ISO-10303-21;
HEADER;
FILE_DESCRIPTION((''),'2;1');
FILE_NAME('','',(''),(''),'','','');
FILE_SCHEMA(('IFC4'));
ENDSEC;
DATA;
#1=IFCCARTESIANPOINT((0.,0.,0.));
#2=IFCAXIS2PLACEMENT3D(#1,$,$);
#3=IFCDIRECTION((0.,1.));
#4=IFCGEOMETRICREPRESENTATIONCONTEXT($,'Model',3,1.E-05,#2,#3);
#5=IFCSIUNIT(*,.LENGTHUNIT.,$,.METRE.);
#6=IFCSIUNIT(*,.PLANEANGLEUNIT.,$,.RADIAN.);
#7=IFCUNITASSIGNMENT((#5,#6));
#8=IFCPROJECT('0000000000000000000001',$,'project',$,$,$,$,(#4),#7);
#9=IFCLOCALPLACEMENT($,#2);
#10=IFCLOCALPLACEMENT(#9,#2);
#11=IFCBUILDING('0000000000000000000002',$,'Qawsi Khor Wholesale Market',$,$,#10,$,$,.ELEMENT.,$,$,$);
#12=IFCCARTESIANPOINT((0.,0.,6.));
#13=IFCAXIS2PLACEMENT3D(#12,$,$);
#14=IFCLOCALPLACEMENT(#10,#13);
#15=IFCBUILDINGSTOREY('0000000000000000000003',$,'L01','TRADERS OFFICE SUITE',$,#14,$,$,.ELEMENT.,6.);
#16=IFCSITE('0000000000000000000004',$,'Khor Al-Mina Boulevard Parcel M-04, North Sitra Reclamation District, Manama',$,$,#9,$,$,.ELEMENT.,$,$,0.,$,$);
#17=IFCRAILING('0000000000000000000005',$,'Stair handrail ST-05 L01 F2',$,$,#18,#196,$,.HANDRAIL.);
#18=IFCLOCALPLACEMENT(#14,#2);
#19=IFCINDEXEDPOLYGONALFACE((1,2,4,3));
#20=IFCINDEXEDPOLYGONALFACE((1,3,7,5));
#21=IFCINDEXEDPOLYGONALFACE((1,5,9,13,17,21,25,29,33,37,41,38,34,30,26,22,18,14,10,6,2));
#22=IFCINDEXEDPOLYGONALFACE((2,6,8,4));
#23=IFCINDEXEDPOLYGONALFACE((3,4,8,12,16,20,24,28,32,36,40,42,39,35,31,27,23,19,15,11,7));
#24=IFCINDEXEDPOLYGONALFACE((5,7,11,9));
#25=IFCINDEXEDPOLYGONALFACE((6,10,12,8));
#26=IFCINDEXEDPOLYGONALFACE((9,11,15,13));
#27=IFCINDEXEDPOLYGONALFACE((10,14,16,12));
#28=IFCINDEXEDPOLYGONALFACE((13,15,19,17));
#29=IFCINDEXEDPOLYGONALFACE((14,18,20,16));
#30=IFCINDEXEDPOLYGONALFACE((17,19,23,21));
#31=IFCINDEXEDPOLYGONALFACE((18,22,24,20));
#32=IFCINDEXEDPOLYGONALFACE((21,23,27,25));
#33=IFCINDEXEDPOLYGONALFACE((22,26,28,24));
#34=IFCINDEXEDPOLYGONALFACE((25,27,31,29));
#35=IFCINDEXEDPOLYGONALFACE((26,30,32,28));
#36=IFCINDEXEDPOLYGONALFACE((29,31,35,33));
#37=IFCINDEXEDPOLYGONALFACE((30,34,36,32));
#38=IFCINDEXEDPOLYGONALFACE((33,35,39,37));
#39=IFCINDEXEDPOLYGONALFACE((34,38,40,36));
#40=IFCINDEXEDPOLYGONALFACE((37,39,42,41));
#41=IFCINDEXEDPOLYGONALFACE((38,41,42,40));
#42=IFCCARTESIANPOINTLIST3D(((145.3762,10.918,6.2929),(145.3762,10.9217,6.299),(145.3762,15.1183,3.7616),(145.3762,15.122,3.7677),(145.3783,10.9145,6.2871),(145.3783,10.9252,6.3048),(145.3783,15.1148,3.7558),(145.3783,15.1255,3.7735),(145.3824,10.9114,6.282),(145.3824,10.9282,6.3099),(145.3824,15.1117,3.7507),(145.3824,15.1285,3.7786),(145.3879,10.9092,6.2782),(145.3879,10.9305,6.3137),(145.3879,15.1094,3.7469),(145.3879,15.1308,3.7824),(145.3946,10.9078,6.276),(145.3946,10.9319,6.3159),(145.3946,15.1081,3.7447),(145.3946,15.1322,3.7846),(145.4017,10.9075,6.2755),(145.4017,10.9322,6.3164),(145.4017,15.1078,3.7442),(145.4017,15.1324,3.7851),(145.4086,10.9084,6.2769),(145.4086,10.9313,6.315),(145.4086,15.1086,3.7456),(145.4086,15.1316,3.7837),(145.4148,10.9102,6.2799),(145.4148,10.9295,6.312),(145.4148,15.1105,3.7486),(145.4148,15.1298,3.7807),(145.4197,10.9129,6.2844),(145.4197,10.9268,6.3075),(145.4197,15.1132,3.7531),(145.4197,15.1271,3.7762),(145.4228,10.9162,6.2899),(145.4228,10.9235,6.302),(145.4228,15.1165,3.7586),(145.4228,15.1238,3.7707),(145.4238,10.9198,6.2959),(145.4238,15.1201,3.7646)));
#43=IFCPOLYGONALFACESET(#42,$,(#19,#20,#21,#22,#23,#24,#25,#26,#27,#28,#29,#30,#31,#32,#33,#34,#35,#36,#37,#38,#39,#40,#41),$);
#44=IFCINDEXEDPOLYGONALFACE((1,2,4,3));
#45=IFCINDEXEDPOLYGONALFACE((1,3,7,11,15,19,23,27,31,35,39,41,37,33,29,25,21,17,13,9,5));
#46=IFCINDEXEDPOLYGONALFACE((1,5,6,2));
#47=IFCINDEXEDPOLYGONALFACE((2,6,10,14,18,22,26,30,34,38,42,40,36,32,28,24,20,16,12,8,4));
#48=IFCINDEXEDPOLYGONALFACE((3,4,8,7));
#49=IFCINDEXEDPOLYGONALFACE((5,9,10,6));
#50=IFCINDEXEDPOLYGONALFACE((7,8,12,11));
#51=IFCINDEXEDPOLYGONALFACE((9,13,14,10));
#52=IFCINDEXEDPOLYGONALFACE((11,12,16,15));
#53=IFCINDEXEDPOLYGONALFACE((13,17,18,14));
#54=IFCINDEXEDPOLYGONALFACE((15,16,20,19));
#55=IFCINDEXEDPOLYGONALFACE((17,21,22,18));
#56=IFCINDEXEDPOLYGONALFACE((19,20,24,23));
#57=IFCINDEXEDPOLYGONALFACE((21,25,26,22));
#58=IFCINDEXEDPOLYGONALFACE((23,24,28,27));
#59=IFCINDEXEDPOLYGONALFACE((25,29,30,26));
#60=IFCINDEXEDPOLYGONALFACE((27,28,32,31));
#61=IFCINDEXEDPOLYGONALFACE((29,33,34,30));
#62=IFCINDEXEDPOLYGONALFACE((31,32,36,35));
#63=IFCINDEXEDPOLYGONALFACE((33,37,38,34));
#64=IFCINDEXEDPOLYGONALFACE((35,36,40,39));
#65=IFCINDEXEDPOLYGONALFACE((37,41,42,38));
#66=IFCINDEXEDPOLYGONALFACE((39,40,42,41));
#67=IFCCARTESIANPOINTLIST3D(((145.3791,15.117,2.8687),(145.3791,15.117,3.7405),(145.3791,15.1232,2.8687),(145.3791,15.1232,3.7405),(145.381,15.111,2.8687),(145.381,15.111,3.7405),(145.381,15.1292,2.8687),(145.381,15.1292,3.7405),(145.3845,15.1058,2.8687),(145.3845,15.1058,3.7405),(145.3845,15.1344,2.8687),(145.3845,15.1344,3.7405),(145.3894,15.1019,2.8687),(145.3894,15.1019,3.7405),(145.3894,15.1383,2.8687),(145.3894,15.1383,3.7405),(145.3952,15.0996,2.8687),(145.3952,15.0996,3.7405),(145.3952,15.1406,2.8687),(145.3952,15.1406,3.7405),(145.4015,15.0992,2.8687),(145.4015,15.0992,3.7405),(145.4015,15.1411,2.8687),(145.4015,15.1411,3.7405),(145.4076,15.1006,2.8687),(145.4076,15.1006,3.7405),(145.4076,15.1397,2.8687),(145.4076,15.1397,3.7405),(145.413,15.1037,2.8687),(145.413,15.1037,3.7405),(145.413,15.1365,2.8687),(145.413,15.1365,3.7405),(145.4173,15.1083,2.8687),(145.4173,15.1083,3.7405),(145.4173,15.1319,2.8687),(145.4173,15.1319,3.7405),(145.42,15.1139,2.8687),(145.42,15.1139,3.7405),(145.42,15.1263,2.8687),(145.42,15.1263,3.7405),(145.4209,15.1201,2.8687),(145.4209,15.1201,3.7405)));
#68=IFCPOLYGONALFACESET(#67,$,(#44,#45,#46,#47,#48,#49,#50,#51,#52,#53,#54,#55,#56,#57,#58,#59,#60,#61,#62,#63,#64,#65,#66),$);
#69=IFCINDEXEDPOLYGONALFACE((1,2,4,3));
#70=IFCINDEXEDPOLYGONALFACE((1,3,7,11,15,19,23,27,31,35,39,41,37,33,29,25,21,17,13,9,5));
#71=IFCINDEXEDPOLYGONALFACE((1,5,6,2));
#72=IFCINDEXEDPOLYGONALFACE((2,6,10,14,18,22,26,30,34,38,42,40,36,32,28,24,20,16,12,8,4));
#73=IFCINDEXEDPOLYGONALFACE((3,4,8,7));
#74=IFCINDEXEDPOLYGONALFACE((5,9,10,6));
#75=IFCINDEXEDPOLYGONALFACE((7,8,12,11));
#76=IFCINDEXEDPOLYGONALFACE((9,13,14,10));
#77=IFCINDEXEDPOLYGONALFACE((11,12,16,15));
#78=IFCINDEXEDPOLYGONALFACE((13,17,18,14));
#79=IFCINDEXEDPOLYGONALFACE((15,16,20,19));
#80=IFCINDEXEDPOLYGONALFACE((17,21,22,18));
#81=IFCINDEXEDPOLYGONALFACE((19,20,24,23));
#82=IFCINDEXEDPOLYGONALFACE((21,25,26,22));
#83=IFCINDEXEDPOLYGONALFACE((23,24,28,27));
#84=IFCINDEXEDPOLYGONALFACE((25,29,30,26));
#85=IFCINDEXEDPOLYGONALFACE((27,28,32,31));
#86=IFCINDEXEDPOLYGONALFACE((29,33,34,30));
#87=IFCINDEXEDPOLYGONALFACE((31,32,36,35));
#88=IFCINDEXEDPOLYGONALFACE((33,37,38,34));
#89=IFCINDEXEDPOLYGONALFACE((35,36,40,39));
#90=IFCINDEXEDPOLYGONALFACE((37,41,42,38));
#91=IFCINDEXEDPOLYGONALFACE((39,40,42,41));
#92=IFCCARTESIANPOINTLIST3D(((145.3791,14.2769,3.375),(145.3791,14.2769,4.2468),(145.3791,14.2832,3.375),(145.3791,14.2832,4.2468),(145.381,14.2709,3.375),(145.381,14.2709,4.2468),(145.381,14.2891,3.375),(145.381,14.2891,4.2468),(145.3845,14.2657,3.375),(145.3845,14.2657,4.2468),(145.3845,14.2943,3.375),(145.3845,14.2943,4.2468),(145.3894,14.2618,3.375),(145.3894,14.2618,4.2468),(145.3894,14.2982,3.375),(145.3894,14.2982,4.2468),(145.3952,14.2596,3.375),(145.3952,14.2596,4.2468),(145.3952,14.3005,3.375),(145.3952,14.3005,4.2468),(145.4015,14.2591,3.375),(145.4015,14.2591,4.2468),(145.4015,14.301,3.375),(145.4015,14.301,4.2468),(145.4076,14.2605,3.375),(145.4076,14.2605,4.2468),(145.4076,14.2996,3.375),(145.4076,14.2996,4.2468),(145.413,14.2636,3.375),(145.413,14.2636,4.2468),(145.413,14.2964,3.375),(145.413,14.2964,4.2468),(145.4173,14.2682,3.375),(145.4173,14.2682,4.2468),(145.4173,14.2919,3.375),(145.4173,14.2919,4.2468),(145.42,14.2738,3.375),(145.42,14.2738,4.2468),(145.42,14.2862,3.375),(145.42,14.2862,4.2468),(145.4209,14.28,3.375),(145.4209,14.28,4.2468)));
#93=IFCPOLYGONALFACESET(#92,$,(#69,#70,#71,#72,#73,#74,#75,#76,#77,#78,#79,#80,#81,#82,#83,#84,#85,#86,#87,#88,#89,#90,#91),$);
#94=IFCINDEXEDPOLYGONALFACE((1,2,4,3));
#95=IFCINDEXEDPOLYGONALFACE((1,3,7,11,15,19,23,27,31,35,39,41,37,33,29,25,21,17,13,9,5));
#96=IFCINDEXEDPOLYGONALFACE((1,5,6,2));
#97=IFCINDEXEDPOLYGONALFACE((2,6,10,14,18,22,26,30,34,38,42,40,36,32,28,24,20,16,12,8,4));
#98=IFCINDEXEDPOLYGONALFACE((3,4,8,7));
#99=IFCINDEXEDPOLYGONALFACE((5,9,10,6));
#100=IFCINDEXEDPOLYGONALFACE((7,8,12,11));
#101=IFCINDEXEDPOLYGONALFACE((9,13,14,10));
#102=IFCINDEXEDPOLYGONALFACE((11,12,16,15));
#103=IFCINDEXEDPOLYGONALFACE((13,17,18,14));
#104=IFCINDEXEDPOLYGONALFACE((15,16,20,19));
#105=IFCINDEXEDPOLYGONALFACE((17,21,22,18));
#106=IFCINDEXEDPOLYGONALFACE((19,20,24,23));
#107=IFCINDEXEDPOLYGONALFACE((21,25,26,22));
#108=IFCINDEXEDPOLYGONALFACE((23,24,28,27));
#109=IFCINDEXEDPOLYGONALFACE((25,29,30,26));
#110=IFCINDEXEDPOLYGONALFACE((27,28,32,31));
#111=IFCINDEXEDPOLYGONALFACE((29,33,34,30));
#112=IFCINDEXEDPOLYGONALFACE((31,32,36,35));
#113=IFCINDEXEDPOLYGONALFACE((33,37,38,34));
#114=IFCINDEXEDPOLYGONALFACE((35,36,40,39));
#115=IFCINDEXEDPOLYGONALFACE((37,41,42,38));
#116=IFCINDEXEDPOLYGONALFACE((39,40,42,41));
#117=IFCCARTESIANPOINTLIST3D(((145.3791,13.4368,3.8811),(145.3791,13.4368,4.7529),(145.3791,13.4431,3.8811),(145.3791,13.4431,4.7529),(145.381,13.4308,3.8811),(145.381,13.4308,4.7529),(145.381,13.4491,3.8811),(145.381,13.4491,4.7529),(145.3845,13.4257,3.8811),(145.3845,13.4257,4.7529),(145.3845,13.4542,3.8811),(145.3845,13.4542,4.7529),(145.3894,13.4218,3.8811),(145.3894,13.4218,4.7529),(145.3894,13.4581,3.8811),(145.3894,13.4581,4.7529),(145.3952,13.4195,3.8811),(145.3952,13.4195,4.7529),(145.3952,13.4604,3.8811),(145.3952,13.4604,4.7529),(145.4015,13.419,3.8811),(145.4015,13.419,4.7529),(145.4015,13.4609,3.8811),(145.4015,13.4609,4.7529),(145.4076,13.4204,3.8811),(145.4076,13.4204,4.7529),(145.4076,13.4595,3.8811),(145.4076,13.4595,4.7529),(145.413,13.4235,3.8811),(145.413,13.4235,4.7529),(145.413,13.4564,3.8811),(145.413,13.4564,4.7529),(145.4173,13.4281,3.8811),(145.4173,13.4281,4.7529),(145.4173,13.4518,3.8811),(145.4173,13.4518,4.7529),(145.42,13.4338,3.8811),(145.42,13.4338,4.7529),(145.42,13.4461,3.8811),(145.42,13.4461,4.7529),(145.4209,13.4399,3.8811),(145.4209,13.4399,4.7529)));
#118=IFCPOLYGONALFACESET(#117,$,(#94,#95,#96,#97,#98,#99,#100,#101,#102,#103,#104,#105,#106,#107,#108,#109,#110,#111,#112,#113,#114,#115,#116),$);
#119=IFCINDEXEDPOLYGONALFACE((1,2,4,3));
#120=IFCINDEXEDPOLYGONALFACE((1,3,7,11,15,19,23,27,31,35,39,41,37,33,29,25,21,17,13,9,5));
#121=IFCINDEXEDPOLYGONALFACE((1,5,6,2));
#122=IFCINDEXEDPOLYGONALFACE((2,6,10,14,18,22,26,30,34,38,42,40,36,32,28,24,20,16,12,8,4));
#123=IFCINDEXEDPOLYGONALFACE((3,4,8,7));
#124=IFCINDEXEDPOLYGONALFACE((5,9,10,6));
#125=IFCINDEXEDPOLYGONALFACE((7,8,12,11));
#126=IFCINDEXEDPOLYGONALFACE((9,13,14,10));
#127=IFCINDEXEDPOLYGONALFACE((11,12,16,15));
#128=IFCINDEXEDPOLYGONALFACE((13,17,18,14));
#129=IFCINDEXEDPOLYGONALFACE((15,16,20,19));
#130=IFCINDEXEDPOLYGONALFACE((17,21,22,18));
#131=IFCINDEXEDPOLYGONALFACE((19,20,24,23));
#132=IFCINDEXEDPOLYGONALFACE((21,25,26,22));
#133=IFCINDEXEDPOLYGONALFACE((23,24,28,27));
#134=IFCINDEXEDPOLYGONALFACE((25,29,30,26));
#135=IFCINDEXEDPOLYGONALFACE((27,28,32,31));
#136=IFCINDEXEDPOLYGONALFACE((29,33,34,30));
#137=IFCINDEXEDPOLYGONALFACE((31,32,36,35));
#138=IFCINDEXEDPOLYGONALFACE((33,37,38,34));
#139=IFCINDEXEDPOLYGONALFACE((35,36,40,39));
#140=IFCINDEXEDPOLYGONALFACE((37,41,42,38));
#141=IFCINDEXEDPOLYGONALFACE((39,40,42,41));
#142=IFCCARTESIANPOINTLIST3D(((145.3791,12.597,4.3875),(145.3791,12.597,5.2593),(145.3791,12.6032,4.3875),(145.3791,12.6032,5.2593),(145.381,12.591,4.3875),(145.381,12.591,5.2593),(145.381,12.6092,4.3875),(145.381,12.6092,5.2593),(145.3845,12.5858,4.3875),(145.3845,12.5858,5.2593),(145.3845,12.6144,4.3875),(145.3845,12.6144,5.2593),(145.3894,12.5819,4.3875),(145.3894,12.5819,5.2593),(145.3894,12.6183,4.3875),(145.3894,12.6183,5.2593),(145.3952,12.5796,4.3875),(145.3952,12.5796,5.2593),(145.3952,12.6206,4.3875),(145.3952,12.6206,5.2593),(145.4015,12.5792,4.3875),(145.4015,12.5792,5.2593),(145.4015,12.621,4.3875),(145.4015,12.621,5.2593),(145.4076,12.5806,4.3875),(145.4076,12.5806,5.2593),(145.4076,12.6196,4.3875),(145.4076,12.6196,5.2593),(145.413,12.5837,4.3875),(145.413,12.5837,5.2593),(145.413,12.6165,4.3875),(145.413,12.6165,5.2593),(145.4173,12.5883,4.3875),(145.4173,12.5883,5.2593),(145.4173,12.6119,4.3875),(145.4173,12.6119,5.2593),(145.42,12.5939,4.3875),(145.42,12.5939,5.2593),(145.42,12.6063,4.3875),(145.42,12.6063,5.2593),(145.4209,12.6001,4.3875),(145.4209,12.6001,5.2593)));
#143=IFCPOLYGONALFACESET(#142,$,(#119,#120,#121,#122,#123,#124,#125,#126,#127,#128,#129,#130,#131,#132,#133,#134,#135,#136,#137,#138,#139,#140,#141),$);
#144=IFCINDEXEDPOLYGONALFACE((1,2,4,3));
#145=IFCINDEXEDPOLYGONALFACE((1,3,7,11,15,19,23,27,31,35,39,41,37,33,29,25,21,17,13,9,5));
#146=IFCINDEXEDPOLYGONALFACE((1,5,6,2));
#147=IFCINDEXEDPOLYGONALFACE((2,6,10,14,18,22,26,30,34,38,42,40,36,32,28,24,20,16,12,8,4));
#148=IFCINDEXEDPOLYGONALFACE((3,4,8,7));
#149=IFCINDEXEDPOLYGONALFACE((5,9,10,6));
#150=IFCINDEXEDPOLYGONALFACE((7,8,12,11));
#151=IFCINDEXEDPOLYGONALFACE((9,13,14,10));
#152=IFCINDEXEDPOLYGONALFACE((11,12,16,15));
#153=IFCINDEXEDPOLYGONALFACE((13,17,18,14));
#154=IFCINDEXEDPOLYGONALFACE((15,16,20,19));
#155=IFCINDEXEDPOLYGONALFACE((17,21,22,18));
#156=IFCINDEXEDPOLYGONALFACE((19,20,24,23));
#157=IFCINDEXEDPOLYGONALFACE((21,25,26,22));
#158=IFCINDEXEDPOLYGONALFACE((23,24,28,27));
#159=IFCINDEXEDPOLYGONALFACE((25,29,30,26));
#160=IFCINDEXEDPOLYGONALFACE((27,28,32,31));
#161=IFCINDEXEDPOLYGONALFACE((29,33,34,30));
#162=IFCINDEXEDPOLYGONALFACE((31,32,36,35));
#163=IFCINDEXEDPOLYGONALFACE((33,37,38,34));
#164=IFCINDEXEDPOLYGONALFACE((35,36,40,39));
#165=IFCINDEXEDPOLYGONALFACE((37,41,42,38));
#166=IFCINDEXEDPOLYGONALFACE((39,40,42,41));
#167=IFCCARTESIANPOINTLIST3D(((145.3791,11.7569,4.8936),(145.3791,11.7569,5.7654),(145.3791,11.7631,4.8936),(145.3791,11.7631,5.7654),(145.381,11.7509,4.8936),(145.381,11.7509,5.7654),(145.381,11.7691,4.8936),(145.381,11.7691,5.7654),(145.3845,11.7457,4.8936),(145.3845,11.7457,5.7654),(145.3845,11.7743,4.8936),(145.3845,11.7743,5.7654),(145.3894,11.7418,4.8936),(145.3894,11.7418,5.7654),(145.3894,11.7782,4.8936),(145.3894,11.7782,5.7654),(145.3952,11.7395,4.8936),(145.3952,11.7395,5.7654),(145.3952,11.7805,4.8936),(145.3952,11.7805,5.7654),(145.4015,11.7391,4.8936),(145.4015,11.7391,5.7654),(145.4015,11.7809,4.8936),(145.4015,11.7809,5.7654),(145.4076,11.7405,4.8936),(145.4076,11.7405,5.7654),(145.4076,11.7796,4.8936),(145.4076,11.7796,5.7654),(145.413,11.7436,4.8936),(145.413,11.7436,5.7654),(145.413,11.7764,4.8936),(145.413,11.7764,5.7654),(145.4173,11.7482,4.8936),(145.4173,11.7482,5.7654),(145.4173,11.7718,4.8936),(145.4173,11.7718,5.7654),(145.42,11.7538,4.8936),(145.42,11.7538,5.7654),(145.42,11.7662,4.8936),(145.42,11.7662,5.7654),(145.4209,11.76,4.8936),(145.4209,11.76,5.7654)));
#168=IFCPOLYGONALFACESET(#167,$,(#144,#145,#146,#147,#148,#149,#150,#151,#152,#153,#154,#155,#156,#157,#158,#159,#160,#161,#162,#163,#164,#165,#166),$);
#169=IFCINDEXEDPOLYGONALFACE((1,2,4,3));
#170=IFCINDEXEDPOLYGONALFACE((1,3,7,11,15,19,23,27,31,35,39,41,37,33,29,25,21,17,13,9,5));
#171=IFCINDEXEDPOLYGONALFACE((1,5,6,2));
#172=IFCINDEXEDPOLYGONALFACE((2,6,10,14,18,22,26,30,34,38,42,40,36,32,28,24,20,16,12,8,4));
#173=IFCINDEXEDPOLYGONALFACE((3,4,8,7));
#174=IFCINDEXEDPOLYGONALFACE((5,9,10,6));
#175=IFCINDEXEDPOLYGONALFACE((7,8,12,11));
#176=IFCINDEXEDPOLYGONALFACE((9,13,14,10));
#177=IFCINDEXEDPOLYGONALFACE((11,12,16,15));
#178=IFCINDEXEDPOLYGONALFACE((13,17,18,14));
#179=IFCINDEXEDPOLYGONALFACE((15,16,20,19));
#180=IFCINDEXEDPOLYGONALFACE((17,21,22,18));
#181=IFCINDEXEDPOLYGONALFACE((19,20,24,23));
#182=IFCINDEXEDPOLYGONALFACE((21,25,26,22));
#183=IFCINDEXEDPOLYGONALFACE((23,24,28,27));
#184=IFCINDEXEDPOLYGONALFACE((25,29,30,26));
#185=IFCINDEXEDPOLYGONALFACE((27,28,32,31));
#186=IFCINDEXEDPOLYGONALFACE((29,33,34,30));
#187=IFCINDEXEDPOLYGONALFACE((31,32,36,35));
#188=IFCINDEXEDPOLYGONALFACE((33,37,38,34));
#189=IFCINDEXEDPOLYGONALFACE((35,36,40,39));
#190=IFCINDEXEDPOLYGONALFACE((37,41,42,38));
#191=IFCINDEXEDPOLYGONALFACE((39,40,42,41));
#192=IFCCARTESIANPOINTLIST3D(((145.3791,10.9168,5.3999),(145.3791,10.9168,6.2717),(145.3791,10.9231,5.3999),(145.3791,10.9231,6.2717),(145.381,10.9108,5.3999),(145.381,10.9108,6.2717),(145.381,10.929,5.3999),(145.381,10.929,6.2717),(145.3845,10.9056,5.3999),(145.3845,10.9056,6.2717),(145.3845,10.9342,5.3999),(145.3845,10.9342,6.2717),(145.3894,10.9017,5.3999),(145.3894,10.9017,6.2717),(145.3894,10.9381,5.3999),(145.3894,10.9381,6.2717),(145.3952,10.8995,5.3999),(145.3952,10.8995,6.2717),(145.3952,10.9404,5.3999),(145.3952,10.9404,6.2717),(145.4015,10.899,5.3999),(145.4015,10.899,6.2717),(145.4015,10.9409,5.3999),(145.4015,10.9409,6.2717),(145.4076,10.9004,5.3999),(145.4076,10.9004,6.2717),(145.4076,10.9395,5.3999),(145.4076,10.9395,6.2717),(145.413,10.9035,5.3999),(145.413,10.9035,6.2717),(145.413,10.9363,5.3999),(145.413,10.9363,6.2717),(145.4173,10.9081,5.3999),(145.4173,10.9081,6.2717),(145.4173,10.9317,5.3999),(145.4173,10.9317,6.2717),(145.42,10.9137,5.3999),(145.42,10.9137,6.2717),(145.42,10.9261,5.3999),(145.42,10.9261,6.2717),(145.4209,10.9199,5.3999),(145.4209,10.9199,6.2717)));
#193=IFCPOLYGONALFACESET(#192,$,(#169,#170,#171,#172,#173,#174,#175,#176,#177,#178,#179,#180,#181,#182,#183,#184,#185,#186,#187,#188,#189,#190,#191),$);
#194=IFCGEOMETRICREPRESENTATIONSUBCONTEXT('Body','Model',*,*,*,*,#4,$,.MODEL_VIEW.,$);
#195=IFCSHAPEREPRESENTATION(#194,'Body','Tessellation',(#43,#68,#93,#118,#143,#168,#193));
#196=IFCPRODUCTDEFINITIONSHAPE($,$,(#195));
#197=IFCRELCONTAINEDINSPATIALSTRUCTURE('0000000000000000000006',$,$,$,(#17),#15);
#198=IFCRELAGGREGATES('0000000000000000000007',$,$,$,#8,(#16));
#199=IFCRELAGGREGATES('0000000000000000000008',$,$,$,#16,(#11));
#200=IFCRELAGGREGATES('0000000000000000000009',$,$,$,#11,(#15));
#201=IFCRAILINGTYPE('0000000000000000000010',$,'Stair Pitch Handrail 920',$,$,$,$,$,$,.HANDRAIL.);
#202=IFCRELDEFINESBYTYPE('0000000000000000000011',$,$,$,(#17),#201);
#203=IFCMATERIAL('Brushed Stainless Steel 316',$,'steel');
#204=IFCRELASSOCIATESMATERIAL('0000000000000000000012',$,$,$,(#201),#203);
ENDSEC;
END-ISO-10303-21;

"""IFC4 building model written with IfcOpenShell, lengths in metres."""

from ifc_helpers import new_model, si_unit, direction, frame, origin, origin_2d, place, context, subcontext, project, spatial, circle, extrude, material, type_object, element, save


model = new_model("IFC4")

# Units and contexts
model_context = context("Model", 3, precision=1e-05, world=origin(), true_north=direction((0.0, 1.0)))
body_context = subcontext(model_context, "Body", "Model", "MODEL_VIEW")
ifc_project = project(units=[si_unit("LENGTHUNIT", "METRE"), si_unit("PLANEANGLEUNIT", "RADIAN")], contexts=[model_context])

# Site, building, storey
site_placement = place(None, origin())
site = spatial("IfcSite", under=ifc_project, at=site_placement, Name="Khor Al-Mina Boulevard Parcel M-04, North Sitra Reclamation District, Manama", CompositionType="ELEMENT", RefElevation=0.0)
building_placement = place(site_placement, origin())
building = spatial("IfcBuilding", under=site, at=building_placement, Name="Qawsi Khor Wholesale Market", CompositionType="ELEMENT")
storey_placement = place(building_placement, frame((0.0, 0.0, 6.0)))
storey = spatial("IfcBuildingStorey", under=building, at=storey_placement, Name="L01", Description="TRADERS OFFICE SUITE", CompositionType="ELEMENT", Elevation=6.0)

# Railing
ifc_material_1 = material(Name="Brushed Stainless Steel 316", Category="steel")
railing_type_1 = type_object("IfcRailingType", Name="Stair Pitch Handrail 920", PredefinedType="HANDRAIL", material=ifc_material_1)
railing_1_placement = place(storey_placement, frame((145.3999, 15.1201, 2.8687)))
element("IfcRailing", 1, at=railing_1_placement, inside=storey, type_object=railing_type_1, Name="Stair handrail ST-05 L01 F2", PredefinedType="HANDRAIL", context=body_context, shape_type="SweptSolid", body=[
    extrude(circle(Radius=0.0239, at=origin_2d()), frame((0.0, 0.0, 0.896), z_axis=(0.0, -0.85649, 0.516164), x_axis=(1.0, 0.0, 0.0)), (0.0, 0.0, 1.0), 4.9041),
    extrude(circle(Radius=0.021, at=origin_2d()), origin(), (0.0, 0.0, 1.0), 0.8718),
    extrude(circle(Radius=0.021, at=origin_2d()), frame((0.0, -0.8401, 0.5063)), (0.0, 0.0, 1.0), 0.8718),
    extrude(circle(Radius=0.021, at=origin_2d()), frame((0.0, -1.6802, 1.0125)), (0.0, 0.0, 1.0), 0.8718),
    extrude(circle(Radius=0.021, at=origin_2d()), frame((0.0, -2.52, 1.5188)), (0.0, 0.0, 1.0), 0.8718),
    extrude(circle(Radius=0.021, at=origin_2d()), frame((0.0, -3.3601, 2.0249)), (0.0, 0.0, 1.0), 0.8718),
    extrude(circle(Radius=0.021, at=origin_2d()), frame((0.0, -4.2002, 2.5312)), (0.0, 0.0, 1.0), 0.8718),
])

save(model, "model.ifc")
